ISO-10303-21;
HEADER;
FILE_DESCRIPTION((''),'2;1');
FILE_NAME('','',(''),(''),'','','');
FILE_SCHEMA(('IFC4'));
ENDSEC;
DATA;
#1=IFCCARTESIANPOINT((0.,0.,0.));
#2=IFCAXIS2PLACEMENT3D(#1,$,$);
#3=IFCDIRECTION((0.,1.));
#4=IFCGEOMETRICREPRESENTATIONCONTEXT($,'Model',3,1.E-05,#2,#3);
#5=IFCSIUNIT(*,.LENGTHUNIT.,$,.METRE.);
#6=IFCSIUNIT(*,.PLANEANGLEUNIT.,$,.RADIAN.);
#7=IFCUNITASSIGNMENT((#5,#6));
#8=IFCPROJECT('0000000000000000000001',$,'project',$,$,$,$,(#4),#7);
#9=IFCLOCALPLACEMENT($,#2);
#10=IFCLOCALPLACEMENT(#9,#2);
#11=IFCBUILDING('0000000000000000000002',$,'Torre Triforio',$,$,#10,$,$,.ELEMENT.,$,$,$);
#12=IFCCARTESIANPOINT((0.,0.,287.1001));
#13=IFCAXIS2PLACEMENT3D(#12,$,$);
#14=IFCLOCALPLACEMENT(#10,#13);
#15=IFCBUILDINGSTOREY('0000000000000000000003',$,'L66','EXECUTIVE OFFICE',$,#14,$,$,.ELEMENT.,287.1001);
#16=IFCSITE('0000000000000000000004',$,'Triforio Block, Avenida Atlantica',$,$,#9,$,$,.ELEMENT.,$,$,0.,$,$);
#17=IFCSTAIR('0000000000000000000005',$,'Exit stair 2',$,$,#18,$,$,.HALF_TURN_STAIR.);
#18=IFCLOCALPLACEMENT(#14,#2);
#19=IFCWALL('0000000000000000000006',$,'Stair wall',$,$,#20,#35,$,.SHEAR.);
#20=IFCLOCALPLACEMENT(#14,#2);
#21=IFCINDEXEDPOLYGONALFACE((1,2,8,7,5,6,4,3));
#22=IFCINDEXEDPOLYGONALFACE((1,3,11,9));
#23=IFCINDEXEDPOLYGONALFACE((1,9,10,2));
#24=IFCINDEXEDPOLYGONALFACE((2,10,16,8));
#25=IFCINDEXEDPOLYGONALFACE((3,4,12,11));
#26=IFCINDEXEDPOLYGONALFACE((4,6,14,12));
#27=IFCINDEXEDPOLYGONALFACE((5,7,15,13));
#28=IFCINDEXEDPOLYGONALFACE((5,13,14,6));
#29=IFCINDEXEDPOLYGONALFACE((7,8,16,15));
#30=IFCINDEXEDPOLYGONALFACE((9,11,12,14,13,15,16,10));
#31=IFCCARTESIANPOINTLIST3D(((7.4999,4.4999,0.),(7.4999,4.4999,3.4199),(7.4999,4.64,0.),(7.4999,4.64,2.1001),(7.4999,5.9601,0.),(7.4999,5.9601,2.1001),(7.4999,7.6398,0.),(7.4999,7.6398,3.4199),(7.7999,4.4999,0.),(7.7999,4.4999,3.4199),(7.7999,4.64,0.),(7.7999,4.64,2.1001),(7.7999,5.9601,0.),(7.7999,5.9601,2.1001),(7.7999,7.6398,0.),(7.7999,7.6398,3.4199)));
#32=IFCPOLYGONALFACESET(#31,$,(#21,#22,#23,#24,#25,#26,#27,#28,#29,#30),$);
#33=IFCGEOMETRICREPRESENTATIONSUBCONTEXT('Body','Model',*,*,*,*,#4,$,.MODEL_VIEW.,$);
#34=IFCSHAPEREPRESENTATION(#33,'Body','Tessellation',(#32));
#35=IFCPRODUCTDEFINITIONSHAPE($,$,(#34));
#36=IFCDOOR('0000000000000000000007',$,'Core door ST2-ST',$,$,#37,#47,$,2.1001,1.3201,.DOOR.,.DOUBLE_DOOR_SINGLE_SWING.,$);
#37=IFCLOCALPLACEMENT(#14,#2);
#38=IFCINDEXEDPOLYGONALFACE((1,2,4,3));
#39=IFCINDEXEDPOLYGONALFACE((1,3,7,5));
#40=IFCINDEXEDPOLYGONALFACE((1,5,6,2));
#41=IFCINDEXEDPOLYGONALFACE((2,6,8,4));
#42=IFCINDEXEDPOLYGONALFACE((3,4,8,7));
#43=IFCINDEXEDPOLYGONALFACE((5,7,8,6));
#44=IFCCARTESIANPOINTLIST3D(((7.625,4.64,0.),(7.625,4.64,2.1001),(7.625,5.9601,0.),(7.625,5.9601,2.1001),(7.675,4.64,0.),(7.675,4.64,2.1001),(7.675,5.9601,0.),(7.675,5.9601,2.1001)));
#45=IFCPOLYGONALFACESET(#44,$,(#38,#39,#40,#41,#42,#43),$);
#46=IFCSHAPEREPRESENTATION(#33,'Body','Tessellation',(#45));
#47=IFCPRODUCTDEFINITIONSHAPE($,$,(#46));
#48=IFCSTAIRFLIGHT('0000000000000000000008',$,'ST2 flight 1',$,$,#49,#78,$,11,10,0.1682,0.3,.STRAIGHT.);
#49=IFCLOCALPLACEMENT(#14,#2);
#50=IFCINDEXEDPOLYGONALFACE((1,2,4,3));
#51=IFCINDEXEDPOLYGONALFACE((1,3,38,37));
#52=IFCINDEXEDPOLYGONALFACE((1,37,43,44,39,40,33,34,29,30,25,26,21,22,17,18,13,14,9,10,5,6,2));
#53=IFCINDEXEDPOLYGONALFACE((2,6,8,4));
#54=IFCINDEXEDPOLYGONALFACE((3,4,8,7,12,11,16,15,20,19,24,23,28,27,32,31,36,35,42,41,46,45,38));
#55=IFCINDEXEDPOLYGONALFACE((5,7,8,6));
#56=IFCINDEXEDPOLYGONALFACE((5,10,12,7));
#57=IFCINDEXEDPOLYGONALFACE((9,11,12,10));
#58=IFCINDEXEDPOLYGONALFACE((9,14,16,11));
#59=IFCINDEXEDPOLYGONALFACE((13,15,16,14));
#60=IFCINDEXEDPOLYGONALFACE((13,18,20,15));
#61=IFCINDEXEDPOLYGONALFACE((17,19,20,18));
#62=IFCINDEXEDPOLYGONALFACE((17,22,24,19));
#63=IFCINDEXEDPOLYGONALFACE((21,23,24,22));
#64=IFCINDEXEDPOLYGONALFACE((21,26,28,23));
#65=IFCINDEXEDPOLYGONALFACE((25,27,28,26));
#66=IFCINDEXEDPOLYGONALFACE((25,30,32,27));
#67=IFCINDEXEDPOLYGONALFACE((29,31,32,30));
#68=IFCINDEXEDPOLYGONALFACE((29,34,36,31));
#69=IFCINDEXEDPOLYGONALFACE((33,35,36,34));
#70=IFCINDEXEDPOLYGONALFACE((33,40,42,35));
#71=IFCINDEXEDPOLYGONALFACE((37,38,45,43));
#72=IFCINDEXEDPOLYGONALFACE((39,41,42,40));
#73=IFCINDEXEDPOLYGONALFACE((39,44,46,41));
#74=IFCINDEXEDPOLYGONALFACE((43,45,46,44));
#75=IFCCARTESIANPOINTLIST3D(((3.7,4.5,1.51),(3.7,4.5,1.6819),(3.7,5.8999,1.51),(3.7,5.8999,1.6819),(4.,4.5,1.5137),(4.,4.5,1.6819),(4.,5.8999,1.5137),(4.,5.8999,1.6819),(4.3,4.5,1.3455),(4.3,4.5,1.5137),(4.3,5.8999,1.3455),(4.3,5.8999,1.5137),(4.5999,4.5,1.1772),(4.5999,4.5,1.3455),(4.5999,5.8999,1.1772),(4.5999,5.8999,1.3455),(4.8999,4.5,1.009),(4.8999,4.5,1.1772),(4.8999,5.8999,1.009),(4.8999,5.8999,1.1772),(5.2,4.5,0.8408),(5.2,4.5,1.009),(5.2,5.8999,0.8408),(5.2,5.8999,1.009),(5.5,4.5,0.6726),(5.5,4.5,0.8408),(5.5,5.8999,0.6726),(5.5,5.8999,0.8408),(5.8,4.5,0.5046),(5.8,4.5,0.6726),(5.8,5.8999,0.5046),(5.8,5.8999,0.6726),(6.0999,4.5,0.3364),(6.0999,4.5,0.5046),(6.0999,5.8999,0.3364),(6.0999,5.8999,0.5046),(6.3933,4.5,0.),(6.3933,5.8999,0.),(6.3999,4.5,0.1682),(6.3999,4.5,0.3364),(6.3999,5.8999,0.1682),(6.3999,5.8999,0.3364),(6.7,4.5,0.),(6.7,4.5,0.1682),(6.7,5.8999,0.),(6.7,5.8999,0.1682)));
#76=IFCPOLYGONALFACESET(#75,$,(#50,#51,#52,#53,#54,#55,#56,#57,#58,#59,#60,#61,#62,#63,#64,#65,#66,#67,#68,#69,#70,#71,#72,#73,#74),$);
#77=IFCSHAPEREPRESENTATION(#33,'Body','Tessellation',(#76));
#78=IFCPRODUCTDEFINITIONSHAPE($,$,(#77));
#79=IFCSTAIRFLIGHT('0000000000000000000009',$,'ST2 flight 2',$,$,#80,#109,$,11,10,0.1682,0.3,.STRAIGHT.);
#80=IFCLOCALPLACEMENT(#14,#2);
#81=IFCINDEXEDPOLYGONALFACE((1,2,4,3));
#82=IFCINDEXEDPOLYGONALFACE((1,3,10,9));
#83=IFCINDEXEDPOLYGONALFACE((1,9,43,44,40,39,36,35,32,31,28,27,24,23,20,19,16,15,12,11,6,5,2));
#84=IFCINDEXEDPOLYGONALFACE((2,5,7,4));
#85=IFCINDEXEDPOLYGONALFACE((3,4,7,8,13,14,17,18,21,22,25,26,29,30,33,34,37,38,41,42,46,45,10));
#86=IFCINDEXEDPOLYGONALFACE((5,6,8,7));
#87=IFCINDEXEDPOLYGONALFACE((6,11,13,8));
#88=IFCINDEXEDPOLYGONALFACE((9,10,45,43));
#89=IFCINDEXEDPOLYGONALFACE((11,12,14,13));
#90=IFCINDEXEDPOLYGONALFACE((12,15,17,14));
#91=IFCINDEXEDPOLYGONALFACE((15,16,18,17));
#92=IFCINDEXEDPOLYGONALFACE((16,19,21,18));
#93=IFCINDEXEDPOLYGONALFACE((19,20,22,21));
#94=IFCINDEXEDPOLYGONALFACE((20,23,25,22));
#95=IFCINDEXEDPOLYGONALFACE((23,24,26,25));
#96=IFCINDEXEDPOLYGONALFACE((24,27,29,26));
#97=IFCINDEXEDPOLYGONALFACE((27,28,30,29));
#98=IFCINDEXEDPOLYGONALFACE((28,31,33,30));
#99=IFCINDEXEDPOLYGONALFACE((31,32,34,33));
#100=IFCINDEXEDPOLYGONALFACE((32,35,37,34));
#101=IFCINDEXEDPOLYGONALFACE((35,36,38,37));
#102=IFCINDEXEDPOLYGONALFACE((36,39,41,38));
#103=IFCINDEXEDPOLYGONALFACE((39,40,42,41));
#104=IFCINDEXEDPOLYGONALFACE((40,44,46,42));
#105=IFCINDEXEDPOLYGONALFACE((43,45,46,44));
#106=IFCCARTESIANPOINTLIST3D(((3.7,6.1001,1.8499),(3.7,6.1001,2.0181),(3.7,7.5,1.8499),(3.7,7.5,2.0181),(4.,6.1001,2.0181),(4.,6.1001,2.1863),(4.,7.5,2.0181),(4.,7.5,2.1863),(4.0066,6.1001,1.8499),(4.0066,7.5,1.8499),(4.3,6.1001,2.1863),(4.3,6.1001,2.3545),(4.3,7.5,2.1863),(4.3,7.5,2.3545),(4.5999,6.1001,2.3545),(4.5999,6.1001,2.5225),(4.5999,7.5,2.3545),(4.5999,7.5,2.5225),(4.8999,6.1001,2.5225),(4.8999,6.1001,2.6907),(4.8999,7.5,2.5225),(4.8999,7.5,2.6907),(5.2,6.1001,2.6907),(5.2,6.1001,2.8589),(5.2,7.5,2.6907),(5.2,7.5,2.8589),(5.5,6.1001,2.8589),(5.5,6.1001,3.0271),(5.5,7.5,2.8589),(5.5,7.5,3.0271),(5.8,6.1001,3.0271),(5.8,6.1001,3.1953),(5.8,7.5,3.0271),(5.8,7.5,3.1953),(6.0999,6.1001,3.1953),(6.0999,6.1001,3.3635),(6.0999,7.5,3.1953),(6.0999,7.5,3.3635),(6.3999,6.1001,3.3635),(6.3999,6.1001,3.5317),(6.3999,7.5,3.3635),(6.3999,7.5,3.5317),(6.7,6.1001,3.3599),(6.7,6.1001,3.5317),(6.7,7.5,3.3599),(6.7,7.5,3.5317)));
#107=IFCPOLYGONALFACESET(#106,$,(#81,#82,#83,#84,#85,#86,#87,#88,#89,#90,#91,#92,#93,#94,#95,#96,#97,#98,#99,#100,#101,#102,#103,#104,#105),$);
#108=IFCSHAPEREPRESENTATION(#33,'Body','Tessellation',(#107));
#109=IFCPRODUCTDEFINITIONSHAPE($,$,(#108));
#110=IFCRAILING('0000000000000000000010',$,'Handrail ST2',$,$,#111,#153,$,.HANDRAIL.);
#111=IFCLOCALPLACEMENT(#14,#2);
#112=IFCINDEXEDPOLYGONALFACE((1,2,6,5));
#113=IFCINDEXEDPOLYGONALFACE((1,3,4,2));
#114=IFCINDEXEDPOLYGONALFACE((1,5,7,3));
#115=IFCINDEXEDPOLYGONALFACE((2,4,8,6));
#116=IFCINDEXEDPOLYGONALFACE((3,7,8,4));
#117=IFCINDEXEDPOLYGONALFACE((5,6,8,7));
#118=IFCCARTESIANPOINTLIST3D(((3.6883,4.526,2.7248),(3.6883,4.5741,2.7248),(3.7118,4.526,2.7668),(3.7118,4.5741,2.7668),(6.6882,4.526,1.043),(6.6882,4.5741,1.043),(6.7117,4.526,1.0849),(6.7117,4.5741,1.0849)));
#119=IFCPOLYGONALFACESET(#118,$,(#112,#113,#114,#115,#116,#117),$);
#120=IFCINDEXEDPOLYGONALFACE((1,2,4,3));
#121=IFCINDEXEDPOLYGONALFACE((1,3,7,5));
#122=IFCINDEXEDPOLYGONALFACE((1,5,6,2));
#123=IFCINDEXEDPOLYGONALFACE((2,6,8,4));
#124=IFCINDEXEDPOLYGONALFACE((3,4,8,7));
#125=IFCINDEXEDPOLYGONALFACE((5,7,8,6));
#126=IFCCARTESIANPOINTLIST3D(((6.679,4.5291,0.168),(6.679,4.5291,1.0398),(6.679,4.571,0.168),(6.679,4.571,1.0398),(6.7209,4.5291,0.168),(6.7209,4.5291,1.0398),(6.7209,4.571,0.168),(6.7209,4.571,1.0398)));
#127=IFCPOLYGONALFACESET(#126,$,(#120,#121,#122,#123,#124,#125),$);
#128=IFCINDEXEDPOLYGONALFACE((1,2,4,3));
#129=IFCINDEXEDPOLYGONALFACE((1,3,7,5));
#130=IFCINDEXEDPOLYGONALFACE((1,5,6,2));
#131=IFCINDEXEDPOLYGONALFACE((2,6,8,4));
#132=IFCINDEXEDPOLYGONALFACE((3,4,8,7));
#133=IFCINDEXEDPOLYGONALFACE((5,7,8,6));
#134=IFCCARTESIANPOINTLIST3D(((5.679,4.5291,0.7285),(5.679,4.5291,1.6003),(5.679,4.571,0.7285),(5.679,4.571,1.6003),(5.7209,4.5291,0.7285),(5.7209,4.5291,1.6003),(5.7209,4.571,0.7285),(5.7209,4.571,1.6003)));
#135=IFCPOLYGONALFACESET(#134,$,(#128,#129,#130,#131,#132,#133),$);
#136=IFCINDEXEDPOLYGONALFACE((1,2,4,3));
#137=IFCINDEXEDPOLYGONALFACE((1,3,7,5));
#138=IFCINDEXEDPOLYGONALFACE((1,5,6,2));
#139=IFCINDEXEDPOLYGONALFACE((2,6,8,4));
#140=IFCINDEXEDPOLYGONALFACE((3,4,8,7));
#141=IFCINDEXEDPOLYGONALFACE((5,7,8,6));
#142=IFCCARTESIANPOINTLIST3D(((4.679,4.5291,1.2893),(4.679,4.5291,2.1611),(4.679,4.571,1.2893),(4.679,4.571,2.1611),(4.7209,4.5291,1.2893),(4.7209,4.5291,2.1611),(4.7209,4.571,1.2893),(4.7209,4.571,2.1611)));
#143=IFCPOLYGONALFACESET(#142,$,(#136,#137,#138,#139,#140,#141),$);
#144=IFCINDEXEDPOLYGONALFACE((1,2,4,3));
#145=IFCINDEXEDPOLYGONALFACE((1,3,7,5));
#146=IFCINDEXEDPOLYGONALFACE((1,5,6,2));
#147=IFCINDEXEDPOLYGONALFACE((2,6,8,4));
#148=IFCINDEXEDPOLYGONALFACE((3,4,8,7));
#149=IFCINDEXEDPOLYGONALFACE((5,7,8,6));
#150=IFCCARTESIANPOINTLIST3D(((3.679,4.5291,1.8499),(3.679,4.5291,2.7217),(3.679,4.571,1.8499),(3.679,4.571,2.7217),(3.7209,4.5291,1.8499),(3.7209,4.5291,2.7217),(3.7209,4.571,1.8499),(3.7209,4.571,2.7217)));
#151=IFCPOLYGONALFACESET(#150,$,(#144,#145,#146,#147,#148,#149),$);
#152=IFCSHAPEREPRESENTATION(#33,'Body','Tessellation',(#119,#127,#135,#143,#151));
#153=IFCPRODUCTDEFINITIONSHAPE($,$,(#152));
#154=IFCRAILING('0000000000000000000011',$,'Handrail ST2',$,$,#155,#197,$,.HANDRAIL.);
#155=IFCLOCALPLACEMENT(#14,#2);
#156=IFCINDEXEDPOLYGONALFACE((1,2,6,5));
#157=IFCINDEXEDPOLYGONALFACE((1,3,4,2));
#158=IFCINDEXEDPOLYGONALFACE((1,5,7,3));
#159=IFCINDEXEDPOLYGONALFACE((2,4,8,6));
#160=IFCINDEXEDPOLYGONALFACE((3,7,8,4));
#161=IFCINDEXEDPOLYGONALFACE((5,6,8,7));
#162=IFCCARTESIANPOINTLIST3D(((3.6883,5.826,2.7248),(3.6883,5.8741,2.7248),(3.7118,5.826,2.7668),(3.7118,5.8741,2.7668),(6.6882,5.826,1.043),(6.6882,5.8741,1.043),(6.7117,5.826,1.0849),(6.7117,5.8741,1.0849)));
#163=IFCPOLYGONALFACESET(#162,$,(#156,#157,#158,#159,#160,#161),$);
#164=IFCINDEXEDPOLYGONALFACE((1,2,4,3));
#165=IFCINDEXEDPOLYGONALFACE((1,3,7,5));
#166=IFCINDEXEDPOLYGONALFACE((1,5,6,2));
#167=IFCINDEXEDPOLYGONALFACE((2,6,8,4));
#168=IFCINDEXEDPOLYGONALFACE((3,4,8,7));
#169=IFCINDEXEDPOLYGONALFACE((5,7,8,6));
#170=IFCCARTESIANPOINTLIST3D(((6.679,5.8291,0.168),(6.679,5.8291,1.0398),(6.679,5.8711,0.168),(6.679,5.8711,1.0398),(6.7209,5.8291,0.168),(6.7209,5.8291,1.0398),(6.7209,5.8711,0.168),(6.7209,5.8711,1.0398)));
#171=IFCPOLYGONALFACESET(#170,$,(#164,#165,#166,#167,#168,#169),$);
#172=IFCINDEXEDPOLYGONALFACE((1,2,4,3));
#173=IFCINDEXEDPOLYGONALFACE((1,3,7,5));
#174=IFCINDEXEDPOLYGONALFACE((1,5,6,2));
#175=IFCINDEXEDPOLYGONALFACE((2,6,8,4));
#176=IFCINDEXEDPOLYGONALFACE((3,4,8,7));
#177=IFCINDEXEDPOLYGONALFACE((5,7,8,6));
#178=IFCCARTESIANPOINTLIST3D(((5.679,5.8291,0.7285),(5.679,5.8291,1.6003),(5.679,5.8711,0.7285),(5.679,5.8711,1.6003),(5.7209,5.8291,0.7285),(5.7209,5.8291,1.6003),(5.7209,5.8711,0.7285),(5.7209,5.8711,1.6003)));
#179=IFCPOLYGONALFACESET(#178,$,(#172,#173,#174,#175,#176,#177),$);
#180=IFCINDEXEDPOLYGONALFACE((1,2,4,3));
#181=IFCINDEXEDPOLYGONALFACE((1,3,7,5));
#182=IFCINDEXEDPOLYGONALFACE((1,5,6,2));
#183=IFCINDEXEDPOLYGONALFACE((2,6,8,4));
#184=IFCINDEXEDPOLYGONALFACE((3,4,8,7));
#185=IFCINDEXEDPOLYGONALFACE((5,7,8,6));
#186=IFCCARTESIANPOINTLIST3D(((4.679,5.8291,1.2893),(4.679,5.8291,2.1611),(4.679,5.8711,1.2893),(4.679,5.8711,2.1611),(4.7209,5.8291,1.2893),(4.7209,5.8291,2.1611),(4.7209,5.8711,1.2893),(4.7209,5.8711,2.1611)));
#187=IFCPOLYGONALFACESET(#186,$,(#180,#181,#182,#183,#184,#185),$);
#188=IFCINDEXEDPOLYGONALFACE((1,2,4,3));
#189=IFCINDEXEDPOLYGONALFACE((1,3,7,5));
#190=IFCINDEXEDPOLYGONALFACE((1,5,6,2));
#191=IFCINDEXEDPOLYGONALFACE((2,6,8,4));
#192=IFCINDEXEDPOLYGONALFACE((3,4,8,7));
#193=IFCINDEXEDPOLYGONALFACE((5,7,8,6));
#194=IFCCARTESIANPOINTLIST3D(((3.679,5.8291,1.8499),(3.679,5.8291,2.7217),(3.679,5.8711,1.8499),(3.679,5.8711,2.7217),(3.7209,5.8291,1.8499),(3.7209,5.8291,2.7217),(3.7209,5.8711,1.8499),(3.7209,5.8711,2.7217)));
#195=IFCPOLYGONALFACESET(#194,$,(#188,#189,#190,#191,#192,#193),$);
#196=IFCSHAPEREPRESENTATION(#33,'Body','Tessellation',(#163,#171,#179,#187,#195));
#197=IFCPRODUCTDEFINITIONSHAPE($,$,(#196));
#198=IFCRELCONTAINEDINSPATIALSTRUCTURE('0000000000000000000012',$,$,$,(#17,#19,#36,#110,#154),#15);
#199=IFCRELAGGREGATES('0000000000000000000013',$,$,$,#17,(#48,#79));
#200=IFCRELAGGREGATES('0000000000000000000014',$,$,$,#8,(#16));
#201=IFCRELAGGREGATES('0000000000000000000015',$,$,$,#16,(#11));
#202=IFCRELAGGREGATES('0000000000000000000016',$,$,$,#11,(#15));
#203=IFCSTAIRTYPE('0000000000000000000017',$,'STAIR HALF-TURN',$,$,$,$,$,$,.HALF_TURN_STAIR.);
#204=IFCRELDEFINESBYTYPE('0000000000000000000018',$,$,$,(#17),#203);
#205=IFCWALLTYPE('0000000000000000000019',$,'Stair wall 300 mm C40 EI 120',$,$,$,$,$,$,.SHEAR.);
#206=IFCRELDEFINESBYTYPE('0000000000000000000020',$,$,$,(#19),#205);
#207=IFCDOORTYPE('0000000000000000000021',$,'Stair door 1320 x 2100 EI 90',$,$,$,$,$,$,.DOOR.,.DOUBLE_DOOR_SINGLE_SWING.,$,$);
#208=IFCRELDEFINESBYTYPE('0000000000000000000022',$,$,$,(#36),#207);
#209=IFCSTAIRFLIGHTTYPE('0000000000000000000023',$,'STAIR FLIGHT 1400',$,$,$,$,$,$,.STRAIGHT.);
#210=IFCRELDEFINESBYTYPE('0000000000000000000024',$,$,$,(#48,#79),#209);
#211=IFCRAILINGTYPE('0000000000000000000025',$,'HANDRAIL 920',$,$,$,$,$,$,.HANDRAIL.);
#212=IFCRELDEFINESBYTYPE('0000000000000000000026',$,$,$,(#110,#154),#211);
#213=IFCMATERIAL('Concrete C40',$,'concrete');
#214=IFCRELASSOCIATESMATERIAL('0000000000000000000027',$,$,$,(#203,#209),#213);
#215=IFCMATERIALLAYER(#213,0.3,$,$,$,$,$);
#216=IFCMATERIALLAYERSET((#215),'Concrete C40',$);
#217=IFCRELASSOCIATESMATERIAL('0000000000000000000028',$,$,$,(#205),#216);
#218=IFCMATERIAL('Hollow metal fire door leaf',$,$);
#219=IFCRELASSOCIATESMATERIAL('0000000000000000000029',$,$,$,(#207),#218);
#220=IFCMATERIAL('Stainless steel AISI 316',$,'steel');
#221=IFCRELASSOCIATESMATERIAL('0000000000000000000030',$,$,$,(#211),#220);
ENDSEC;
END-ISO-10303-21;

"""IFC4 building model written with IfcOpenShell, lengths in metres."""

from ifc_helpers import new_model, si_unit, direction, frame, frame_2d, origin, origin_2d, place, context, subcontext, project, spatial, polyline, rectangle, outline, extrude, material, layer, layer_set, type_object, element, fill, aggregate, save


model = new_model("IFC4")

# Units and contexts
model_context = context("Model", 3, precision=1e-05, world=origin(), true_north=direction((0.0, 1.0)))
body_context = subcontext(model_context, "Body", "Model", "MODEL_VIEW")
ifc_project = project(units=[si_unit("LENGTHUNIT", "METRE"), si_unit("PLANEANGLEUNIT", "RADIAN")], contexts=[model_context])

# Site, building, storey
site_placement = place(None, origin())
site = spatial("IfcSite", under=ifc_project, at=site_placement, Name="Triforio Block, Avenida Atlantica", CompositionType="ELEMENT", RefElevation=0.0)
building_placement = place(site_placement, origin())
building = spatial("IfcBuilding", under=site, at=building_placement, Name="Torre Triforio", CompositionType="ELEMENT")
storey_placement = place(building_placement, frame((0.0, 0.0, 287.1001)))
storey = spatial("IfcBuildingStorey", under=building, at=storey_placement, Name="L66", Description="EXECUTIVE OFFICE", CompositionType="ELEMENT", Elevation=287.1001)

# Stair
ifc_material_1 = material(Name="Concrete C40", Category="concrete")
stair_type = type_object("IfcStairType", Name="STAIR HALF-TURN", PredefinedType="HALF_TURN_STAIR", material=ifc_material_1)
stair_1_placement = place(storey_placement, origin())
stair_1 = element("IfcStair", 1, at=stair_1_placement, inside=storey, type_object=stair_type, Name="Exit stair 2", PredefinedType="HALF_TURN_STAIR")

# Shared definitions
ifc_material_2 = material(Name="Hollow metal fire door leaf")

# Wall, opening, door
ifc_layer_1 = layer(ifc_material_1, 0.3)
ifc_layer_set_1 = layer_set([ifc_layer_1], Name="Concrete C40")
wall_type_1 = type_object("IfcWallType", Name="Stair wall 300 mm C40 EI 120", PredefinedType="SHEAR", material=ifc_layer_set_1)
wall_1_placement = place(storey_placement, frame((7.6499, 4.5, 0.0), z_axis=(0.0, 0.0, 1.0), x_axis=(0.0, 1.0, 0.0)))
wall_1 = element("IfcWall", 2, at=wall_1_placement, inside=storey, type_object=wall_type_1, Name="Stair wall", PredefinedType="SHEAR", context=body_context, shape_type="SweptSolid", body=[
    extrude(rectangle(XDim=3.1399, YDim=0.3, at=frame_2d((1.5698, 0.0))), origin(), (0.0, 0.0, 1.0), 3.4199),
])
opening_1_placement = place(wall_1_placement, frame((0.1399, 0.0, 0.0)))
opening_1 = element("IfcOpeningElement", 3, at=opening_1_placement, cuts=wall_1, PredefinedType="OPENING", context=body_context, shape_type="SweptSolid", body=[
    extrude(rectangle(XDim=1.3201, YDim=2.1001, at=frame_2d((0.6602, 1.05))), frame((0.0, 0.1599, 0.0), z_axis=(0.0, -1.0, 0.0), x_axis=(1.0, 0.0, 0.0)), (0.0, 0.0, 1.0), 0.3201),
])
door_type_1 = type_object("IfcDoorType", Name="Stair door 1320 x 2100 EI 90", OperationType="DOUBLE_DOOR_SINGLE_SWING", PredefinedType="DOOR", material=ifc_material_2)
door_1_placement = place(opening_1_placement, origin())
door_1 = element("IfcDoor", 4, at=door_1_placement, inside=storey, type_object=door_type_1, Name="Core door ST2-ST", OperationType="DOUBLE_DOOR_SINGLE_SWING", OverallHeight=2.1001, OverallWidth=1.3201, PredefinedType="DOOR", context=body_context, shape_type="SweptSolid", body=[
    extrude(rectangle(XDim=1.3201, YDim=2.1001, at=frame_2d((0.6602, 1.05))), frame((0.0, 0.0249, 0.0), z_axis=(0.0, -1.0, 0.0), x_axis=(1.0, 0.0, 0.0)), (0.0, 0.0, 1.0), 0.05),
])
fill(opening_1, door_1)

# Stair flights
stair_flight_type = type_object("IfcStairFlightType", Name="STAIR FLIGHT 1400", PredefinedType="STRAIGHT", material=ifc_material_1)
stair_flight_1_placement = place(storey_placement, frame((6.7, 5.2, 0.0), z_axis=(0.0, 0.0, 1.0), x_axis=(-1.0, 0.0, 0.0)))
stair_flight_1 = element("IfcStairFlight", 5, at=stair_flight_1_placement, type_object=stair_flight_type, Name="ST2 flight 1", NumberOfRisers=11, NumberOfTreads=10, PredefinedType="STRAIGHT", RiserHeight=0.1682, TreadLength=0.3, context=body_context, shape_type="SweptSolid", body=[
    extrude(outline(polyline([(0.0, 0.0), (0.0, 0.1682), (0.3, 0.1682), (0.3, 0.3364), (0.6001, 0.3364), (0.6001, 0.5046), (0.8999, 0.5046), (0.8999, 0.6726), (1.2, 0.6726), (1.2, 0.8408), (1.5, 0.8408), (1.5, 1.009), (1.8, 1.009), (1.8, 1.1772), (2.1001, 1.1772), (2.1001, 1.3455), (2.3999, 1.3455), (2.3999, 1.5137), (2.7, 1.5137), (2.7, 1.6819), (3.0, 1.6819), (3.0, 1.8501), (3.0, 1.51), (0.3066, 0.0), (0.0, 0.0)])), frame((0.0, 0.7, 0.0), z_axis=(0.0, -1.0, 0.0), x_axis=(1.0, 0.0, 0.0)), (0.0, 0.0, 1.0), 1.3999),
])
stair_flight_2_placement = place(storey_placement, frame((3.7, 6.8, 1.8499), z_axis=(0.0, 0.0, 1.0), x_axis=(1.0, 0.0, 0.0)))
stair_flight_2 = element("IfcStairFlight", 6, at=stair_flight_2_placement, type_object=stair_flight_type, Name="ST2 flight 2", NumberOfRisers=11, NumberOfTreads=10, PredefinedType="STRAIGHT", RiserHeight=0.1682, TreadLength=0.3, context=body_context, shape_type="SweptSolid", body=[
    extrude(outline(polyline([(0.0, 0.0), (0.0, 0.1682), (0.3, 0.1682), (0.3, 0.3364), (0.6001, 0.3364), (0.6001, 0.5046), (0.8999, 0.5046), (0.8999, 0.6726), (1.2, 0.6726), (1.2, 0.8408), (1.5, 0.8408), (1.5, 1.009), (1.8, 1.009), (1.8, 1.1772), (2.1001, 1.1772), (2.1001, 1.3455), (2.3999, 1.3455), (2.3999, 1.5137), (2.7, 1.5137), (2.7, 1.6819), (3.0, 1.6819), (3.0, 1.8501), (3.0, 1.51), (0.3066, 0.0), (0.0, 0.0)])), frame((0.0, 0.7, 0.0), z_axis=(0.0, -1.0, 0.0), x_axis=(1.0, 0.0, 0.0)), (0.0, 0.0, 1.0), 1.3999),
])
aggregate(stair_1, [stair_flight_1, stair_flight_2])

# Railings
ifc_material_3 = material(Name="Stainless steel AISI 316", Category="steel")
railing_type = type_object("IfcRailingType", Name="HANDRAIL 920", PredefinedType="HANDRAIL", material=ifc_material_3)
for number, where, name in (
    (7, (6.7, 4.55, 0.168), "Handrail ST2"),
    (8, (6.7, 5.8501, 0.168), "Handrail ST2"),
):
    element("IfcRailing", number, at=place(storey_placement, frame(where)), inside=storey, type_object=railing_type, Name=name, PredefinedType="HANDRAIL", context=body_context, shape_type="SweptSolid", body=[
        extrude(rectangle(XDim=0.0481, YDim=0.0481, at=origin_2d()), frame((0.0, 0.0, 0.896), z_axis=(-0.872272, 0.0, 0.48902), x_axis=(0.0, -1.0, 0.0)), (0.0, 0.0, 1.0), 3.4392),
        extrude(rectangle(XDim=0.042, YDim=0.042, at=origin_2d()), origin(), (0.0, 0.0, 1.0), 0.8718),
        extrude(rectangle(XDim=0.042, YDim=0.042, at=origin_2d()), frame((-1.0, 0.0, 0.5605)), (0.0, 0.0, 1.0), 0.8718),
        extrude(rectangle(XDim=0.042, YDim=0.042, at=origin_2d()), frame((-2.0, 0.0, 1.1213)), (0.0, 0.0, 1.0), 0.8718),
        extrude(rectangle(XDim=0.042, YDim=0.042, at=origin_2d()), frame((-3.0, 0.0, 1.6819)), (0.0, 0.0, 1.0), 0.8718),
    ])

save(model, "model.ifc")
